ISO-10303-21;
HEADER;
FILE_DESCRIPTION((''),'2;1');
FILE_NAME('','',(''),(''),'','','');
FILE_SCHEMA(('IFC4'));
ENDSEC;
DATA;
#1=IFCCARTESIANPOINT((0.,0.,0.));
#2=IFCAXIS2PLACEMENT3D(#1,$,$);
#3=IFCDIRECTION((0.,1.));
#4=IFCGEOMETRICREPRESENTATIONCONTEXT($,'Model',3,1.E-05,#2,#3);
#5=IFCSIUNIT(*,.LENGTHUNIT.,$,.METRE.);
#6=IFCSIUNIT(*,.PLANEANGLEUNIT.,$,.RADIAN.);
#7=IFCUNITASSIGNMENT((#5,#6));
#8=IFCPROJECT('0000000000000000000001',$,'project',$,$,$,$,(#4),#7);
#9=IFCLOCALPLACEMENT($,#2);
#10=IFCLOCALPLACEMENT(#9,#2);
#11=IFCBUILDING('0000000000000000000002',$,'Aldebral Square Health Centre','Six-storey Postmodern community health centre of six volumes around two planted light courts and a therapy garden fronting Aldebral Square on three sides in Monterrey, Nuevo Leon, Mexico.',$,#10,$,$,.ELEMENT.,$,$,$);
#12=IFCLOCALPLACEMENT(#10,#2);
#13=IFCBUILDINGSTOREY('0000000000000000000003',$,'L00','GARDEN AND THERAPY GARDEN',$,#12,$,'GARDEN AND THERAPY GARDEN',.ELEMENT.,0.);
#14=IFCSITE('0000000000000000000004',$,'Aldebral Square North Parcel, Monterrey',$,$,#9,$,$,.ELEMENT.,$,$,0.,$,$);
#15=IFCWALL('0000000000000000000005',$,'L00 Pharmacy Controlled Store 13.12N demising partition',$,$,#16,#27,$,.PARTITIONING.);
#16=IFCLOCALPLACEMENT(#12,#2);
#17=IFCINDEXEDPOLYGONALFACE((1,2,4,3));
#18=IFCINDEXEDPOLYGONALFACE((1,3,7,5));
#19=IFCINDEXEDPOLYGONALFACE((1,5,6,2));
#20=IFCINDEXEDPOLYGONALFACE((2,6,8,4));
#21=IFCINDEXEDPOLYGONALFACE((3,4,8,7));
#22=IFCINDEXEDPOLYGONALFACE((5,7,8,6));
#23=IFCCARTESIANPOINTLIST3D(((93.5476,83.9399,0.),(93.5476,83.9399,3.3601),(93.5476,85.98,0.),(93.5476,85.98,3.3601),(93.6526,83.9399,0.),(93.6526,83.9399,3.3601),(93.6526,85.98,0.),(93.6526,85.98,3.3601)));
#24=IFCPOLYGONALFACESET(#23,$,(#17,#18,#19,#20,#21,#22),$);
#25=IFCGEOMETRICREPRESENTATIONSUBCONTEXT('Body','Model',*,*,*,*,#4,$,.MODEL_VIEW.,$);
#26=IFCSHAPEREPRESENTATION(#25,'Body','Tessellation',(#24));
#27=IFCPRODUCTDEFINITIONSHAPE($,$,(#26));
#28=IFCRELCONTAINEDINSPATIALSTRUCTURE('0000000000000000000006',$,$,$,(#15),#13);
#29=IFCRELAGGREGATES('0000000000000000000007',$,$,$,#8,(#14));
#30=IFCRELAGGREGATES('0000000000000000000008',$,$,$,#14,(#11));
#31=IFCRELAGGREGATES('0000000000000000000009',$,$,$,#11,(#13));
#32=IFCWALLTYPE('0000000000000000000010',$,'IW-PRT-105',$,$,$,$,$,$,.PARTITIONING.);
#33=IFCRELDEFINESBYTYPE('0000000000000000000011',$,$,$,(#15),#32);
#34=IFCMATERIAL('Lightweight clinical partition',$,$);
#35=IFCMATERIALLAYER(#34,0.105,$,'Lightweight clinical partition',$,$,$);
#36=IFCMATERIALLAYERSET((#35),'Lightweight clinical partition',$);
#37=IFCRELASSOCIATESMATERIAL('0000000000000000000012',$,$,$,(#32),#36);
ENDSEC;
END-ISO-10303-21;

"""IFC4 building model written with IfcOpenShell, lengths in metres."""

from ifc_helpers import new_model, si_unit, direction, frame, frame_2d, origin, place, context, subcontext, project, spatial, rectangle, extrude, material, layer, layer_set, type_object, element, save


model = new_model("IFC4")

# Units and contexts
model_context = context("Model", 3, precision=1e-05, world=origin(), true_north=direction((0.0, 1.0)))
body_context = subcontext(model_context, "Body", "Model", "MODEL_VIEW")
ifc_project = project(units=[si_unit("LENGTHUNIT", "METRE"), si_unit("PLANEANGLEUNIT", "RADIAN")], contexts=[model_context])

# Site, building, storey
site_placement = place(None, origin())
site = spatial("IfcSite", under=ifc_project, at=site_placement, Name="Aldebral Square North Parcel, Monterrey", CompositionType="ELEMENT", RefElevation=0.0)
building_placement = place(site_placement, origin())
building = spatial("IfcBuilding", under=site, at=building_placement, Name="Aldebral Square Health Centre", Description="Six-storey Postmodern community health centre of six volumes around two planted light courts and a therapy garden fronting Aldebral Square on three sides in Monterrey, Nuevo Leon, Mexico.", CompositionType="ELEMENT")
storey_placement = place(building_placement, origin())
storey = spatial("IfcBuildingStorey", under=building, at=storey_placement, Name="L00", Description="GARDEN AND THERAPY GARDEN", LongName="GARDEN AND THERAPY GARDEN", CompositionType="ELEMENT", Elevation=0.0)

# Wall
ifc_material_1 = material(Name="Lightweight clinical partition")
ifc_layer_1 = layer(ifc_material_1, 0.105, Name="Lightweight clinical partition")
ifc_layer_set_1 = layer_set([ifc_layer_1], Name="Lightweight clinical partition")
wall_type_1 = type_object("IfcWallType", Name="IW-PRT-105", PredefinedType="PARTITIONING", material=ifc_layer_set_1)
wall_1_placement = place(storey_placement, frame((93.6001, 83.9399, 0.0), z_axis=(0.0, 0.0, 1.0), x_axis=(0.0, 1.0, 0.0)))
element("IfcWall", 1, at=wall_1_placement, inside=storey, type_object=wall_type_1, Name="L00 Pharmacy Controlled Store 13.12N demising partition", PredefinedType="PARTITIONING", context=body_context, shape_type="SweptSolid", body=[
    extrude(rectangle(XDim=2.04, YDim=0.105, at=frame_2d((1.02, 0.0))), origin(), (0.0, 0.0, 1.0), 3.3601),
])

save(model, "model.ifc")
